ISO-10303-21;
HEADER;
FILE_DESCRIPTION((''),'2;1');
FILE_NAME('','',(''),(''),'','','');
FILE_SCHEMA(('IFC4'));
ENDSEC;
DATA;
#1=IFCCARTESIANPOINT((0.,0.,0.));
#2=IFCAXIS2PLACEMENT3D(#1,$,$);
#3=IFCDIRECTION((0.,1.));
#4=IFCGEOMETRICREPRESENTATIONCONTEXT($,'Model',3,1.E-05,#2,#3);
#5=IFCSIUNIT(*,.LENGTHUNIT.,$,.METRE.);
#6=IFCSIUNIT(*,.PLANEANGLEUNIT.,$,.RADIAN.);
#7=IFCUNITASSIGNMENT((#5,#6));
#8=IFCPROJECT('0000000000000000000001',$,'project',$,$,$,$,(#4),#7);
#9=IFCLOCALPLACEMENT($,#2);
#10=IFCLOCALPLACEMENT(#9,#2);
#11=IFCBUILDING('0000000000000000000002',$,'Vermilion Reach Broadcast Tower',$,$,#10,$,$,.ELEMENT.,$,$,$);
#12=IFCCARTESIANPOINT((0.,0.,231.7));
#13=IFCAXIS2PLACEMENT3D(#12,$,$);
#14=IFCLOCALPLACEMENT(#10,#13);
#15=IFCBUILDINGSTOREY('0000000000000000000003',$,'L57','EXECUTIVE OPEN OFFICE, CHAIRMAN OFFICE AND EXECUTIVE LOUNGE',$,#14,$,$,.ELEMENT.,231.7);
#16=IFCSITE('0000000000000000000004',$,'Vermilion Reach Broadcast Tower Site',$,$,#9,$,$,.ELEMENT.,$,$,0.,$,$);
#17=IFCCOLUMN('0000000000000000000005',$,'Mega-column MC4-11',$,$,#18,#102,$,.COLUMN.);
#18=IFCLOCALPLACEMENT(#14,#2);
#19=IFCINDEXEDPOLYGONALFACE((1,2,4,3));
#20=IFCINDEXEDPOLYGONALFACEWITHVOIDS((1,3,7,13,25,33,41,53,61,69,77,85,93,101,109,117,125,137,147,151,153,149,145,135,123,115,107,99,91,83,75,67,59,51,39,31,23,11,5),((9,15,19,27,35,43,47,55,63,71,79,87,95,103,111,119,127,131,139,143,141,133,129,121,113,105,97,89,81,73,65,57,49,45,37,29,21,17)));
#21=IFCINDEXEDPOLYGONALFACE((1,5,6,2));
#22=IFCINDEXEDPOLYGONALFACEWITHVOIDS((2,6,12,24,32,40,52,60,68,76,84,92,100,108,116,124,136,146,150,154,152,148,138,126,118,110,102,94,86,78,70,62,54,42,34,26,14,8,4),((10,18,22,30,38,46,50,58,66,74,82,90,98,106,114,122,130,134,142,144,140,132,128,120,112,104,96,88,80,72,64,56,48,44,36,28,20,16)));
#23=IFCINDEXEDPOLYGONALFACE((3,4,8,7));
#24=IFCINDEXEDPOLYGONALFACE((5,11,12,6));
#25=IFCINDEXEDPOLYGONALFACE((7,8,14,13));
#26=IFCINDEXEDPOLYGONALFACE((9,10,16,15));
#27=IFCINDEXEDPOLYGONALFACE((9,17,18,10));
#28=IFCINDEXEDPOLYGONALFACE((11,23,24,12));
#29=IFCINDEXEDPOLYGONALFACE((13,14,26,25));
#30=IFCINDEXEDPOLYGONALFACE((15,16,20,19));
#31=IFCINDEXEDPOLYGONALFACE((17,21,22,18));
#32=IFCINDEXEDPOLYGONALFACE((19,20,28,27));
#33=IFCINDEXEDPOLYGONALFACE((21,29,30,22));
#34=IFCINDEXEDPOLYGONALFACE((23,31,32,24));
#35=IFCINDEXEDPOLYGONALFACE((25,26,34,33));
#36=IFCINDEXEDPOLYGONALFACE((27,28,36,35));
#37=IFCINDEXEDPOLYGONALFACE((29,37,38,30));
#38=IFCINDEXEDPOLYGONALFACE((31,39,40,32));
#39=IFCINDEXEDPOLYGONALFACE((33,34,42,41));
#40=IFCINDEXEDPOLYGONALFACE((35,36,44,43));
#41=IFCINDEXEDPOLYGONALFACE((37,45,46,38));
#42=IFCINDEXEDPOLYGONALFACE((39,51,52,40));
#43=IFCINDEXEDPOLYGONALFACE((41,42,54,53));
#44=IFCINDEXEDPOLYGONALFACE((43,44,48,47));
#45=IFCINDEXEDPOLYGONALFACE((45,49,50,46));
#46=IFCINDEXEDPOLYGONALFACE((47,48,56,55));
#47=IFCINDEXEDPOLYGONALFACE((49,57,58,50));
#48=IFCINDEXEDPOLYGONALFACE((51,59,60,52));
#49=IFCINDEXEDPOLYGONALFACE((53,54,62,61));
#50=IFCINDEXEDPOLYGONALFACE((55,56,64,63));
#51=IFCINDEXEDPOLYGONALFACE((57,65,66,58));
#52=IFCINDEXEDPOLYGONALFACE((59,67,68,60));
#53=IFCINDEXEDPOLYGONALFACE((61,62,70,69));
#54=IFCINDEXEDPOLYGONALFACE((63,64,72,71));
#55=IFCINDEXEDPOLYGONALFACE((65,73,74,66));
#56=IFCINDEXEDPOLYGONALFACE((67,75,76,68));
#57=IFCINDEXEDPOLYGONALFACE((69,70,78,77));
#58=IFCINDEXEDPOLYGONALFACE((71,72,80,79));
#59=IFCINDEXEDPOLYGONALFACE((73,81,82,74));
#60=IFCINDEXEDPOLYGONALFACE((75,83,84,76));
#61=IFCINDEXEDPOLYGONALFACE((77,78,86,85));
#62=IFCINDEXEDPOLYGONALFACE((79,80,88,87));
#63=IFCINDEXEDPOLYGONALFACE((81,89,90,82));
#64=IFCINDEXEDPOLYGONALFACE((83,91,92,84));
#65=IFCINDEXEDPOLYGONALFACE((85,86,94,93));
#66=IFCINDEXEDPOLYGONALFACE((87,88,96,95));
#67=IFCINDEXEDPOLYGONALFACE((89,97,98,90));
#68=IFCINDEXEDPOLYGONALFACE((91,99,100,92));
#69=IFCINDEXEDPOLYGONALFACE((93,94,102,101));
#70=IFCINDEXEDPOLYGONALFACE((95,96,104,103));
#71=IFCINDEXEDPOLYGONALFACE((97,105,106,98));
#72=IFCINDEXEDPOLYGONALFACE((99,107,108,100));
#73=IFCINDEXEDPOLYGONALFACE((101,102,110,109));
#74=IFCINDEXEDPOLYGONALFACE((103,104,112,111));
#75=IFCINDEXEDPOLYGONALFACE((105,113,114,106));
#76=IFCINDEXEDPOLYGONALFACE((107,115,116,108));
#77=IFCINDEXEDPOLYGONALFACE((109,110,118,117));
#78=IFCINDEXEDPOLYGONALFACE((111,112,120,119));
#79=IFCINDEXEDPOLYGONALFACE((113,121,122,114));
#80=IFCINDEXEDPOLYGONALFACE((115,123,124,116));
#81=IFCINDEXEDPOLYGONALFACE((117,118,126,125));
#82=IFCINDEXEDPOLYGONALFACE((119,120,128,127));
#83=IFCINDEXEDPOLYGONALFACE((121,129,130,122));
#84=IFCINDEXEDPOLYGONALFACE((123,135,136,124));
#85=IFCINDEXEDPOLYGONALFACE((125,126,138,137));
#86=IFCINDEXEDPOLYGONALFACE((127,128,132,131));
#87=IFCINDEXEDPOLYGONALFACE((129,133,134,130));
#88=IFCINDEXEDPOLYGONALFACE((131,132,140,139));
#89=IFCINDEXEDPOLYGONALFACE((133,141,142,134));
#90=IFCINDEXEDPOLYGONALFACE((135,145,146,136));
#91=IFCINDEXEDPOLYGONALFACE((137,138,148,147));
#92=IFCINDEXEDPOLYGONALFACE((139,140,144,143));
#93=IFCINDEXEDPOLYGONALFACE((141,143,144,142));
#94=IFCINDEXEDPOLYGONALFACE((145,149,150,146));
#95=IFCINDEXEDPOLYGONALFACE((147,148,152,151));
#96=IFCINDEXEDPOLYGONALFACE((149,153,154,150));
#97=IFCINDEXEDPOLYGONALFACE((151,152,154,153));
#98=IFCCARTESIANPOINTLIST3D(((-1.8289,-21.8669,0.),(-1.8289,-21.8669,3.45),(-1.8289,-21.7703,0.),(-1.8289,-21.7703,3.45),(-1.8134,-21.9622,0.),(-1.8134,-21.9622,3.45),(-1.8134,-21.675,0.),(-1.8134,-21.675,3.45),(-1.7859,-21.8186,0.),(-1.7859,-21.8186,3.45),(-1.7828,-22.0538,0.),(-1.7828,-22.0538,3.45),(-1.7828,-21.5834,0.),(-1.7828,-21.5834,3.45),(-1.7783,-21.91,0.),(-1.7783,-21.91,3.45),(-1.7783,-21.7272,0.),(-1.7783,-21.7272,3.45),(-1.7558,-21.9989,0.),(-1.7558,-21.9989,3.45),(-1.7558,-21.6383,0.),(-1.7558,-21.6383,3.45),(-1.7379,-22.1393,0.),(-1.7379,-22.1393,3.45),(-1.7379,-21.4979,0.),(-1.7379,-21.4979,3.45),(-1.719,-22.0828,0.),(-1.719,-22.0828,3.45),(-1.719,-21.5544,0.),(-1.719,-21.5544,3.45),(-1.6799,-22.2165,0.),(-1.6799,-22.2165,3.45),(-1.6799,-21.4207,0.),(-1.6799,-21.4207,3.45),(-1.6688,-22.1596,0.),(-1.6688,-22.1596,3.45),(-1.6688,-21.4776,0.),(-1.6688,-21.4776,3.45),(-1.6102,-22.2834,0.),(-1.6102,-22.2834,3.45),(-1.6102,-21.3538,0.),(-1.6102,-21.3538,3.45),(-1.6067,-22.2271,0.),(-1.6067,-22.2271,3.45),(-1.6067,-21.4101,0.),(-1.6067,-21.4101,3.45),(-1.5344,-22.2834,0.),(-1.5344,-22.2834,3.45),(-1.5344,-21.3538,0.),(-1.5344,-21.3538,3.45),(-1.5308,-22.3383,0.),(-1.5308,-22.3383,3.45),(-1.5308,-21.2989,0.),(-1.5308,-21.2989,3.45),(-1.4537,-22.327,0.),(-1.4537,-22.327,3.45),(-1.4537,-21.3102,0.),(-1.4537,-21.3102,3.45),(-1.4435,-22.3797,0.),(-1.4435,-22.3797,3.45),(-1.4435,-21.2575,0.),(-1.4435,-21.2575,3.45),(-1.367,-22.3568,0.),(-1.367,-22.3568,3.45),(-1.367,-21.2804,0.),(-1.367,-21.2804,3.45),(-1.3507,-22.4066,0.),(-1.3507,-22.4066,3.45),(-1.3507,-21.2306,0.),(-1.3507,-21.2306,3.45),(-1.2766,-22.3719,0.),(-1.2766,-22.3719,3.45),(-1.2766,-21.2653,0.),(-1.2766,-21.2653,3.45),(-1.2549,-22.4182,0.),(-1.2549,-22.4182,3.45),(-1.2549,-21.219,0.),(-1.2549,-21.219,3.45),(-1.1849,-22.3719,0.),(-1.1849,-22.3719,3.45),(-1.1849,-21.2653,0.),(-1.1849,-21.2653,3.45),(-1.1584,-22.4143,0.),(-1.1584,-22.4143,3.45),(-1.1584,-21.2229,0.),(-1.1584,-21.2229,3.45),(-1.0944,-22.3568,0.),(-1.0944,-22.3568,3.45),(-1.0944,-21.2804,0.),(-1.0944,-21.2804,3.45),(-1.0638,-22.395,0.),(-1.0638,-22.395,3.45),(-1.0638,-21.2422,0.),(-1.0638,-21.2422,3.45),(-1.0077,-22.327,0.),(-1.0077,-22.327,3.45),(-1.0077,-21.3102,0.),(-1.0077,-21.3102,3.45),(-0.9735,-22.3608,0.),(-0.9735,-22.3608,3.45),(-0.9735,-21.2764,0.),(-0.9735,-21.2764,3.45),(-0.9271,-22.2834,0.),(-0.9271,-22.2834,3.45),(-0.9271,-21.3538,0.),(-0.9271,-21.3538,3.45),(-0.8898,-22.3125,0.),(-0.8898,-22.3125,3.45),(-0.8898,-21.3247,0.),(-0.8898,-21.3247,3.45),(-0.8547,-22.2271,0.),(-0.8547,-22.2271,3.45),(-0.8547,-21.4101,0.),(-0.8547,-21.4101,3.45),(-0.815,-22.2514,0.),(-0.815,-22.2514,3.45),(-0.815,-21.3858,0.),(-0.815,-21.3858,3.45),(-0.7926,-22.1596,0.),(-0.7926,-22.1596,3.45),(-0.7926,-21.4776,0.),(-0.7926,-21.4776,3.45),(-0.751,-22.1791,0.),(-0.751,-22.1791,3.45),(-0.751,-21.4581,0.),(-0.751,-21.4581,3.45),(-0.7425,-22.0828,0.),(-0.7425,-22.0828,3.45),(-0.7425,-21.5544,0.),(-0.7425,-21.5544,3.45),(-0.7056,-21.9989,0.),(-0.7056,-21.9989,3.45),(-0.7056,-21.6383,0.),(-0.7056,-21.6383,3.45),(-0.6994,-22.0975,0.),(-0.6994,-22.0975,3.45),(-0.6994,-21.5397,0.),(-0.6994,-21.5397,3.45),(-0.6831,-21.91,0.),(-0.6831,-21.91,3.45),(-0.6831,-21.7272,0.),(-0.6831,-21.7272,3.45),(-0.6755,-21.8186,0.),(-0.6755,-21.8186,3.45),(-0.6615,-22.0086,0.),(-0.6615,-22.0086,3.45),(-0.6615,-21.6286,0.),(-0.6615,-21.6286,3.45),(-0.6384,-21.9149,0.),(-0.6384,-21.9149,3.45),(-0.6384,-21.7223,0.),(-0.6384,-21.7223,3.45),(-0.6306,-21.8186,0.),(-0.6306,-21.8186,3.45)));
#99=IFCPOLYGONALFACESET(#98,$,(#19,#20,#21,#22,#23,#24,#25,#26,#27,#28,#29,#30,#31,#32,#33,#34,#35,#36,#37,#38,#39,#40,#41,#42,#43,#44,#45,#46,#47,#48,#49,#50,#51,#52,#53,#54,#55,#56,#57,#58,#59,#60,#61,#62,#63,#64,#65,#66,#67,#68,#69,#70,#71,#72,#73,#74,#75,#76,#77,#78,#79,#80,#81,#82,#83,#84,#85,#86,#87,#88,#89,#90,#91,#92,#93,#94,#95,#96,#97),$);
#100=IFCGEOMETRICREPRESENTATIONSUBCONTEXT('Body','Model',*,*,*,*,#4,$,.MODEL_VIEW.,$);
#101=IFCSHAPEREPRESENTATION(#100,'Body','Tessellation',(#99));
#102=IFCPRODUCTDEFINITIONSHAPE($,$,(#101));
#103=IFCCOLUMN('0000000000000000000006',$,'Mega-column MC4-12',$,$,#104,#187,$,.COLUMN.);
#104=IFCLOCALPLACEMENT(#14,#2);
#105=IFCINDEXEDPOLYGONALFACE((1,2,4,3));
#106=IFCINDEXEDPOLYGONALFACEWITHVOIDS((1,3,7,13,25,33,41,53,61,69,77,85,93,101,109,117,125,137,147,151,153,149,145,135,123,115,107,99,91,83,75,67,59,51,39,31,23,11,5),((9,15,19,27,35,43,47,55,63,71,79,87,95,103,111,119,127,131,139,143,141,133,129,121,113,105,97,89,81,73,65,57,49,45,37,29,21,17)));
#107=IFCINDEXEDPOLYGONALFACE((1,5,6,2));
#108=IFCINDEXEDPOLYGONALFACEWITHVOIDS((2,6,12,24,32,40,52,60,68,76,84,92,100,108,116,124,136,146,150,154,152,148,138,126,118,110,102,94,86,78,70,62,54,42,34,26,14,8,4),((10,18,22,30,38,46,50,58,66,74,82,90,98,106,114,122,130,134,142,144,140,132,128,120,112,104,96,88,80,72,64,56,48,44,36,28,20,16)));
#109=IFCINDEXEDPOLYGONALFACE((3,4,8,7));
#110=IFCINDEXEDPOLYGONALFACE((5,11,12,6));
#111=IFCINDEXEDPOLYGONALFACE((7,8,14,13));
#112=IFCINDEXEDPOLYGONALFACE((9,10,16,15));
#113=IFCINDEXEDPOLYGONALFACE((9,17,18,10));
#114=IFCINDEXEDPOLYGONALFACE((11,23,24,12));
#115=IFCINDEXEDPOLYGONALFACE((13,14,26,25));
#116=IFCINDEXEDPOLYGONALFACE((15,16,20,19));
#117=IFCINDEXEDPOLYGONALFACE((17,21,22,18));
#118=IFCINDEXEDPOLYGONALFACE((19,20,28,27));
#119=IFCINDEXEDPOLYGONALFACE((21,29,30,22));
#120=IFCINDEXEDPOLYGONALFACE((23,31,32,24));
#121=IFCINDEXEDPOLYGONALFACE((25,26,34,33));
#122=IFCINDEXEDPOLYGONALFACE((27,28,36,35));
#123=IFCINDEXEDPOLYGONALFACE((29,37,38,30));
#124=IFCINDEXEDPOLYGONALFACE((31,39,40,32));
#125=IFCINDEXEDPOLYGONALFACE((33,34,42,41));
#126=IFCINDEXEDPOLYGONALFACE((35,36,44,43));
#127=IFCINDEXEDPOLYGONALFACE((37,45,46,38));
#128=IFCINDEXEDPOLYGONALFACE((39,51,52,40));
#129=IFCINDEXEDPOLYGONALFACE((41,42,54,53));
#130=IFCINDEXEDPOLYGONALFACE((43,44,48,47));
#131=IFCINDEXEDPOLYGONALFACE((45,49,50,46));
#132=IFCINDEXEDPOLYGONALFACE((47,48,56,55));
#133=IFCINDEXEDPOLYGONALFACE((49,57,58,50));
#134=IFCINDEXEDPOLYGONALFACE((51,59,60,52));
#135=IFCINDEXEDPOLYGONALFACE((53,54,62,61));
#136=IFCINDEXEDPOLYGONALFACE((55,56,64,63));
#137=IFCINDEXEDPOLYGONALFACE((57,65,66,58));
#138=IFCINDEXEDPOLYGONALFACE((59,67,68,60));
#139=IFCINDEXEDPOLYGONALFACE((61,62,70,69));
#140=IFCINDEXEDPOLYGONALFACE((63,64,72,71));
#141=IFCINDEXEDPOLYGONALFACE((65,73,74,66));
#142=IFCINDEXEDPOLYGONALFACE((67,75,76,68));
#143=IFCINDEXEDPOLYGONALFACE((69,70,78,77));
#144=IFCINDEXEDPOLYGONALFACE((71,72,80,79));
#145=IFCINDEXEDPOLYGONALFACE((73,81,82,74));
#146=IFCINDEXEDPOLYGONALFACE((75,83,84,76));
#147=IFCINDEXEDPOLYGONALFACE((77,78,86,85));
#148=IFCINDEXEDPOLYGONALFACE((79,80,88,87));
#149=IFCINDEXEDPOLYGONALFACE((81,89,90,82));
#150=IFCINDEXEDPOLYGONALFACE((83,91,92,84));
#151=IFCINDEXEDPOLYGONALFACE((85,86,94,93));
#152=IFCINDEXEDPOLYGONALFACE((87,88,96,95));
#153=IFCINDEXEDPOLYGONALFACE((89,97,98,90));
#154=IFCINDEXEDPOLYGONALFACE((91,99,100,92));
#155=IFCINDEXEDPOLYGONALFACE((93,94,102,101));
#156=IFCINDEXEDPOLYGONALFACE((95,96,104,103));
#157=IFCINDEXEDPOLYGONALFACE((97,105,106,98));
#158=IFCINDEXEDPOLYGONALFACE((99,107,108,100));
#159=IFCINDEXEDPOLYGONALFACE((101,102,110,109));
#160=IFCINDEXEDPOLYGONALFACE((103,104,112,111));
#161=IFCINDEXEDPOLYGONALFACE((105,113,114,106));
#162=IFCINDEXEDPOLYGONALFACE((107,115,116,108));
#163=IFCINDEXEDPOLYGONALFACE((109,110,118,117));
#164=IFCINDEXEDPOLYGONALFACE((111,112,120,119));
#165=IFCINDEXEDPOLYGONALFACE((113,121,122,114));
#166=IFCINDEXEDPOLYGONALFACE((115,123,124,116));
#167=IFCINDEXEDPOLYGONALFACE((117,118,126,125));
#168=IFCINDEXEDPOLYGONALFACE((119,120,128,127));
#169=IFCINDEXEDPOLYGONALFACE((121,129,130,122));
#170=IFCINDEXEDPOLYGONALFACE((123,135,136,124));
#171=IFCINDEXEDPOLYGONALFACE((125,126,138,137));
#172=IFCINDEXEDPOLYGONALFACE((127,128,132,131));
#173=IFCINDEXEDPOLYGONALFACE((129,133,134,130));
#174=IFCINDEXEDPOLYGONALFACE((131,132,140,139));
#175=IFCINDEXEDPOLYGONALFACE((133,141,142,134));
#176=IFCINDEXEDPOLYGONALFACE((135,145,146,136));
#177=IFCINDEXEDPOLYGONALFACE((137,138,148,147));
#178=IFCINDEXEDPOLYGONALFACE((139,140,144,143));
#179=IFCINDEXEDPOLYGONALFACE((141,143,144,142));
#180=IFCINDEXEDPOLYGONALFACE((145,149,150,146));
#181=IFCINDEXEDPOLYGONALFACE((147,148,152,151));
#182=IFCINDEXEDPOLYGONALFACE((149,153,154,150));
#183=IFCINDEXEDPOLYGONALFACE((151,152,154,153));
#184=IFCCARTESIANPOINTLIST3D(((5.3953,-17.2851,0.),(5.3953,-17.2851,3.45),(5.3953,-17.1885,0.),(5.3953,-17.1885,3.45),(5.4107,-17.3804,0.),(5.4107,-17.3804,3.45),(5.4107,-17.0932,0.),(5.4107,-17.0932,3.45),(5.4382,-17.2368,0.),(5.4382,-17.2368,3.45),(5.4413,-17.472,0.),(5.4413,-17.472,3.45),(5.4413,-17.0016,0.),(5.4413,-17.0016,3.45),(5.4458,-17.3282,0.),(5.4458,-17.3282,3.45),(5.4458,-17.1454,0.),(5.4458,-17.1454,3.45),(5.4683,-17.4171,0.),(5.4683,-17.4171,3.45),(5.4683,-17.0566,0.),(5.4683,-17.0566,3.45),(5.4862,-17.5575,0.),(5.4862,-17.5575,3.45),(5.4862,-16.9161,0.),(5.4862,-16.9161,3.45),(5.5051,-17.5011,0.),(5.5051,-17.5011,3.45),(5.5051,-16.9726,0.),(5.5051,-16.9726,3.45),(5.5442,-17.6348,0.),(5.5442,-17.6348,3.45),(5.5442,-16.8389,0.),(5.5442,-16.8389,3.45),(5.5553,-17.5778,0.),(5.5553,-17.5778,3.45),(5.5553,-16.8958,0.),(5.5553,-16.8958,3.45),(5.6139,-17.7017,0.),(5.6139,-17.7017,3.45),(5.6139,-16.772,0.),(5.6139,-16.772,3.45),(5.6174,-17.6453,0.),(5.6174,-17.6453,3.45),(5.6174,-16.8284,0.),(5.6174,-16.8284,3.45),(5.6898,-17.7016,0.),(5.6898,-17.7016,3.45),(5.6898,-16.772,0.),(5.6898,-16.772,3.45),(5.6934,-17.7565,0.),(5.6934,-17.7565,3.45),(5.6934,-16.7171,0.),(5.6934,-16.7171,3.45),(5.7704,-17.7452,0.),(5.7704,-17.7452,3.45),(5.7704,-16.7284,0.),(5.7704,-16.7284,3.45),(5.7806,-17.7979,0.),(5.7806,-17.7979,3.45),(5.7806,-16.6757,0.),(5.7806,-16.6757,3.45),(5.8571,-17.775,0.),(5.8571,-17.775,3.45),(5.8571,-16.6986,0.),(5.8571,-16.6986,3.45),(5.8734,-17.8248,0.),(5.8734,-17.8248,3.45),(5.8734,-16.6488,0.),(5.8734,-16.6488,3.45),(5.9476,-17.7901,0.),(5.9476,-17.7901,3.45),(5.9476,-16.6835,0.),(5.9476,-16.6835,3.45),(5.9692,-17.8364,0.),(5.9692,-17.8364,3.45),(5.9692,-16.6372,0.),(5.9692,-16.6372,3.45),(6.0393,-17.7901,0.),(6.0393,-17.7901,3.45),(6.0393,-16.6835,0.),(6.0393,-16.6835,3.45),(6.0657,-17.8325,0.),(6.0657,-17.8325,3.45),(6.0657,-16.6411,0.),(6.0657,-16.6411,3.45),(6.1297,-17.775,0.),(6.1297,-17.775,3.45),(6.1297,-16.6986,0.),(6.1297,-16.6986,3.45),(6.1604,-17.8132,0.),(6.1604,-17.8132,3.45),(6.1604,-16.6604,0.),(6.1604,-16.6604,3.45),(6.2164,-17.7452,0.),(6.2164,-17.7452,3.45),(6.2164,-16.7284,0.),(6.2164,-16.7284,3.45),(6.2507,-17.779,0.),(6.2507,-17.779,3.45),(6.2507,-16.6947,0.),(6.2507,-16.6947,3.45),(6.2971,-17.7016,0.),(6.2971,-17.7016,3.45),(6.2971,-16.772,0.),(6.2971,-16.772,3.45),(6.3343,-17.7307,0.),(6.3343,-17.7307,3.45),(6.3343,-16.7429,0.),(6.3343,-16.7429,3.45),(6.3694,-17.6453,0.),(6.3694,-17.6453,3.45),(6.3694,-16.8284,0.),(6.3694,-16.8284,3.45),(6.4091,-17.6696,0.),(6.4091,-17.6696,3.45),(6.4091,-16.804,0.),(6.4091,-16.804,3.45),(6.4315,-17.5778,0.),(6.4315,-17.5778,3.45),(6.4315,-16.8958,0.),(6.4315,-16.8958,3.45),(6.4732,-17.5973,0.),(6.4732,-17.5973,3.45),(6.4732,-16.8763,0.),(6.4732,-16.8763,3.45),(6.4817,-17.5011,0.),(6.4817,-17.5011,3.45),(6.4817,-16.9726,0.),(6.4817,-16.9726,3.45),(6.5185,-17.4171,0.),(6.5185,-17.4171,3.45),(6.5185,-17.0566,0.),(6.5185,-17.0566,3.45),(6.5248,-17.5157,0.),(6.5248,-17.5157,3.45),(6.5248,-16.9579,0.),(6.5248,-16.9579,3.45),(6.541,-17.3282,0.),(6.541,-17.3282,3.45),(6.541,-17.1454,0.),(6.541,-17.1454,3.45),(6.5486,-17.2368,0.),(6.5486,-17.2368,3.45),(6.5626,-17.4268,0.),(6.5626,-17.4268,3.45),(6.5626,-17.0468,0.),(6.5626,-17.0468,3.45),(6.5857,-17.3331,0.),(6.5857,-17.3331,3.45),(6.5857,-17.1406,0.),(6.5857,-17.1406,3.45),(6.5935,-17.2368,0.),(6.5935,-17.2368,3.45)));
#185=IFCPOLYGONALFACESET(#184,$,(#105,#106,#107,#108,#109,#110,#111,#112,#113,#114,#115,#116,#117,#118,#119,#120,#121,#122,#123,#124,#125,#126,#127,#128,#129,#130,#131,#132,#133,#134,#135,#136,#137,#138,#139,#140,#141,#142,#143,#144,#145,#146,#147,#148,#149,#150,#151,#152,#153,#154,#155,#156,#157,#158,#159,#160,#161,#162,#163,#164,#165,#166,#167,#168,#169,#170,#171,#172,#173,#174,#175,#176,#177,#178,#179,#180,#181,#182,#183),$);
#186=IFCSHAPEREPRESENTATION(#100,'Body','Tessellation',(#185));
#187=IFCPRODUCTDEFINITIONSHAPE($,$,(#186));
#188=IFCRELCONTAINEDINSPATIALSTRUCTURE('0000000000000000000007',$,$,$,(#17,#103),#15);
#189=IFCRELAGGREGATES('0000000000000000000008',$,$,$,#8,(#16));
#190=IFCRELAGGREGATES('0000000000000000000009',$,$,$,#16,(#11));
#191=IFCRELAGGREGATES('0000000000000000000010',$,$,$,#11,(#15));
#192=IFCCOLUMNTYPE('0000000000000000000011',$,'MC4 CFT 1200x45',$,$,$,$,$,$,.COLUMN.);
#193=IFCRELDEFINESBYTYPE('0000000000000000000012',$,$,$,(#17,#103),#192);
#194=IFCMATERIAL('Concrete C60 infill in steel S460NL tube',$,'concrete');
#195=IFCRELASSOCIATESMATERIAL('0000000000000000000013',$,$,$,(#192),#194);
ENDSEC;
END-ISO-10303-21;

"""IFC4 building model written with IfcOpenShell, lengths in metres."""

from ifc_helpers import new_model, si_unit, direction, frame, origin, origin_2d, place, context, subcontext, project, spatial, hollow_circle, extrude, material, material_profile, profile_set, type_object, element, save


model = new_model("IFC4")

# Units and contexts
model_context = context("Model", 3, precision=1e-05, world=origin(), true_north=direction((0.0, 1.0)))
body_context = subcontext(model_context, "Body", "Model", "MODEL_VIEW")
ifc_project = project(units=[si_unit("LENGTHUNIT", "METRE"), si_unit("PLANEANGLEUNIT", "RADIAN")], contexts=[model_context])

# Site, building, storey
site_placement = place(None, origin())
site = spatial("IfcSite", under=ifc_project, at=site_placement, Name="Vermilion Reach Broadcast Tower Site", CompositionType="ELEMENT", RefElevation=0.0)
building_placement = place(site_placement, origin())
building = spatial("IfcBuilding", under=site, at=building_placement, Name="Vermilion Reach Broadcast Tower", CompositionType="ELEMENT")
storey_placement = place(building_placement, frame((0.0, 0.0, 231.7)))
storey = spatial("IfcBuildingStorey", under=building, at=storey_placement, Name="L57", Description="EXECUTIVE OPEN OFFICE, CHAIRMAN OFFICE AND EXECUTIVE LOUNGE", CompositionType="ELEMENT", Elevation=231.7)

# Columns
ifc_material_1 = material(Name="Concrete C60 infill in steel S460NL tube", Category="concrete")
ifc_material_profile_1 = material_profile(ifc_material_1, hollow_circle(Radius=0.6001, WallThickness=0.0449, at=origin_2d()), Name="Concrete C60 infill in steel S460NL tube CFT 1200x45")
ifc_profile_set_1 = profile_set([ifc_material_profile_1], Name="Concrete C60 infill in steel S460NL tube")
column_type = type_object("IfcColumnType", Name="MC4 CFT 1200x45", PredefinedType="COLUMN", material=ifc_profile_set_1)
for number, where, z_axis, x_axis, name in (
    (1, (-1.2307, -21.8186, 0.0), (0.0, 0.0, 1.0), (1.0, 0.0, 0.0), "Mega-column MC4-11"),
    (2, (5.9934, -17.2368, 0.0), (0.0, 0.0, 1.0), (1.0, 0.0, 0.0), "Mega-column MC4-12"),
):
    element("IfcColumn", number, at=place(storey_placement, frame(where, z_axis=z_axis, x_axis=x_axis)), inside=storey, type_object=column_type, Name=name, PredefinedType="COLUMN", context=body_context, shape_type="SweptSolid", body=[
        extrude(hollow_circle(Radius=0.6001, WallThickness=0.0449, at=origin_2d()), origin(), (0.0, 0.0, 1.0), 3.45),
    ])

save(model, "model.ifc")
